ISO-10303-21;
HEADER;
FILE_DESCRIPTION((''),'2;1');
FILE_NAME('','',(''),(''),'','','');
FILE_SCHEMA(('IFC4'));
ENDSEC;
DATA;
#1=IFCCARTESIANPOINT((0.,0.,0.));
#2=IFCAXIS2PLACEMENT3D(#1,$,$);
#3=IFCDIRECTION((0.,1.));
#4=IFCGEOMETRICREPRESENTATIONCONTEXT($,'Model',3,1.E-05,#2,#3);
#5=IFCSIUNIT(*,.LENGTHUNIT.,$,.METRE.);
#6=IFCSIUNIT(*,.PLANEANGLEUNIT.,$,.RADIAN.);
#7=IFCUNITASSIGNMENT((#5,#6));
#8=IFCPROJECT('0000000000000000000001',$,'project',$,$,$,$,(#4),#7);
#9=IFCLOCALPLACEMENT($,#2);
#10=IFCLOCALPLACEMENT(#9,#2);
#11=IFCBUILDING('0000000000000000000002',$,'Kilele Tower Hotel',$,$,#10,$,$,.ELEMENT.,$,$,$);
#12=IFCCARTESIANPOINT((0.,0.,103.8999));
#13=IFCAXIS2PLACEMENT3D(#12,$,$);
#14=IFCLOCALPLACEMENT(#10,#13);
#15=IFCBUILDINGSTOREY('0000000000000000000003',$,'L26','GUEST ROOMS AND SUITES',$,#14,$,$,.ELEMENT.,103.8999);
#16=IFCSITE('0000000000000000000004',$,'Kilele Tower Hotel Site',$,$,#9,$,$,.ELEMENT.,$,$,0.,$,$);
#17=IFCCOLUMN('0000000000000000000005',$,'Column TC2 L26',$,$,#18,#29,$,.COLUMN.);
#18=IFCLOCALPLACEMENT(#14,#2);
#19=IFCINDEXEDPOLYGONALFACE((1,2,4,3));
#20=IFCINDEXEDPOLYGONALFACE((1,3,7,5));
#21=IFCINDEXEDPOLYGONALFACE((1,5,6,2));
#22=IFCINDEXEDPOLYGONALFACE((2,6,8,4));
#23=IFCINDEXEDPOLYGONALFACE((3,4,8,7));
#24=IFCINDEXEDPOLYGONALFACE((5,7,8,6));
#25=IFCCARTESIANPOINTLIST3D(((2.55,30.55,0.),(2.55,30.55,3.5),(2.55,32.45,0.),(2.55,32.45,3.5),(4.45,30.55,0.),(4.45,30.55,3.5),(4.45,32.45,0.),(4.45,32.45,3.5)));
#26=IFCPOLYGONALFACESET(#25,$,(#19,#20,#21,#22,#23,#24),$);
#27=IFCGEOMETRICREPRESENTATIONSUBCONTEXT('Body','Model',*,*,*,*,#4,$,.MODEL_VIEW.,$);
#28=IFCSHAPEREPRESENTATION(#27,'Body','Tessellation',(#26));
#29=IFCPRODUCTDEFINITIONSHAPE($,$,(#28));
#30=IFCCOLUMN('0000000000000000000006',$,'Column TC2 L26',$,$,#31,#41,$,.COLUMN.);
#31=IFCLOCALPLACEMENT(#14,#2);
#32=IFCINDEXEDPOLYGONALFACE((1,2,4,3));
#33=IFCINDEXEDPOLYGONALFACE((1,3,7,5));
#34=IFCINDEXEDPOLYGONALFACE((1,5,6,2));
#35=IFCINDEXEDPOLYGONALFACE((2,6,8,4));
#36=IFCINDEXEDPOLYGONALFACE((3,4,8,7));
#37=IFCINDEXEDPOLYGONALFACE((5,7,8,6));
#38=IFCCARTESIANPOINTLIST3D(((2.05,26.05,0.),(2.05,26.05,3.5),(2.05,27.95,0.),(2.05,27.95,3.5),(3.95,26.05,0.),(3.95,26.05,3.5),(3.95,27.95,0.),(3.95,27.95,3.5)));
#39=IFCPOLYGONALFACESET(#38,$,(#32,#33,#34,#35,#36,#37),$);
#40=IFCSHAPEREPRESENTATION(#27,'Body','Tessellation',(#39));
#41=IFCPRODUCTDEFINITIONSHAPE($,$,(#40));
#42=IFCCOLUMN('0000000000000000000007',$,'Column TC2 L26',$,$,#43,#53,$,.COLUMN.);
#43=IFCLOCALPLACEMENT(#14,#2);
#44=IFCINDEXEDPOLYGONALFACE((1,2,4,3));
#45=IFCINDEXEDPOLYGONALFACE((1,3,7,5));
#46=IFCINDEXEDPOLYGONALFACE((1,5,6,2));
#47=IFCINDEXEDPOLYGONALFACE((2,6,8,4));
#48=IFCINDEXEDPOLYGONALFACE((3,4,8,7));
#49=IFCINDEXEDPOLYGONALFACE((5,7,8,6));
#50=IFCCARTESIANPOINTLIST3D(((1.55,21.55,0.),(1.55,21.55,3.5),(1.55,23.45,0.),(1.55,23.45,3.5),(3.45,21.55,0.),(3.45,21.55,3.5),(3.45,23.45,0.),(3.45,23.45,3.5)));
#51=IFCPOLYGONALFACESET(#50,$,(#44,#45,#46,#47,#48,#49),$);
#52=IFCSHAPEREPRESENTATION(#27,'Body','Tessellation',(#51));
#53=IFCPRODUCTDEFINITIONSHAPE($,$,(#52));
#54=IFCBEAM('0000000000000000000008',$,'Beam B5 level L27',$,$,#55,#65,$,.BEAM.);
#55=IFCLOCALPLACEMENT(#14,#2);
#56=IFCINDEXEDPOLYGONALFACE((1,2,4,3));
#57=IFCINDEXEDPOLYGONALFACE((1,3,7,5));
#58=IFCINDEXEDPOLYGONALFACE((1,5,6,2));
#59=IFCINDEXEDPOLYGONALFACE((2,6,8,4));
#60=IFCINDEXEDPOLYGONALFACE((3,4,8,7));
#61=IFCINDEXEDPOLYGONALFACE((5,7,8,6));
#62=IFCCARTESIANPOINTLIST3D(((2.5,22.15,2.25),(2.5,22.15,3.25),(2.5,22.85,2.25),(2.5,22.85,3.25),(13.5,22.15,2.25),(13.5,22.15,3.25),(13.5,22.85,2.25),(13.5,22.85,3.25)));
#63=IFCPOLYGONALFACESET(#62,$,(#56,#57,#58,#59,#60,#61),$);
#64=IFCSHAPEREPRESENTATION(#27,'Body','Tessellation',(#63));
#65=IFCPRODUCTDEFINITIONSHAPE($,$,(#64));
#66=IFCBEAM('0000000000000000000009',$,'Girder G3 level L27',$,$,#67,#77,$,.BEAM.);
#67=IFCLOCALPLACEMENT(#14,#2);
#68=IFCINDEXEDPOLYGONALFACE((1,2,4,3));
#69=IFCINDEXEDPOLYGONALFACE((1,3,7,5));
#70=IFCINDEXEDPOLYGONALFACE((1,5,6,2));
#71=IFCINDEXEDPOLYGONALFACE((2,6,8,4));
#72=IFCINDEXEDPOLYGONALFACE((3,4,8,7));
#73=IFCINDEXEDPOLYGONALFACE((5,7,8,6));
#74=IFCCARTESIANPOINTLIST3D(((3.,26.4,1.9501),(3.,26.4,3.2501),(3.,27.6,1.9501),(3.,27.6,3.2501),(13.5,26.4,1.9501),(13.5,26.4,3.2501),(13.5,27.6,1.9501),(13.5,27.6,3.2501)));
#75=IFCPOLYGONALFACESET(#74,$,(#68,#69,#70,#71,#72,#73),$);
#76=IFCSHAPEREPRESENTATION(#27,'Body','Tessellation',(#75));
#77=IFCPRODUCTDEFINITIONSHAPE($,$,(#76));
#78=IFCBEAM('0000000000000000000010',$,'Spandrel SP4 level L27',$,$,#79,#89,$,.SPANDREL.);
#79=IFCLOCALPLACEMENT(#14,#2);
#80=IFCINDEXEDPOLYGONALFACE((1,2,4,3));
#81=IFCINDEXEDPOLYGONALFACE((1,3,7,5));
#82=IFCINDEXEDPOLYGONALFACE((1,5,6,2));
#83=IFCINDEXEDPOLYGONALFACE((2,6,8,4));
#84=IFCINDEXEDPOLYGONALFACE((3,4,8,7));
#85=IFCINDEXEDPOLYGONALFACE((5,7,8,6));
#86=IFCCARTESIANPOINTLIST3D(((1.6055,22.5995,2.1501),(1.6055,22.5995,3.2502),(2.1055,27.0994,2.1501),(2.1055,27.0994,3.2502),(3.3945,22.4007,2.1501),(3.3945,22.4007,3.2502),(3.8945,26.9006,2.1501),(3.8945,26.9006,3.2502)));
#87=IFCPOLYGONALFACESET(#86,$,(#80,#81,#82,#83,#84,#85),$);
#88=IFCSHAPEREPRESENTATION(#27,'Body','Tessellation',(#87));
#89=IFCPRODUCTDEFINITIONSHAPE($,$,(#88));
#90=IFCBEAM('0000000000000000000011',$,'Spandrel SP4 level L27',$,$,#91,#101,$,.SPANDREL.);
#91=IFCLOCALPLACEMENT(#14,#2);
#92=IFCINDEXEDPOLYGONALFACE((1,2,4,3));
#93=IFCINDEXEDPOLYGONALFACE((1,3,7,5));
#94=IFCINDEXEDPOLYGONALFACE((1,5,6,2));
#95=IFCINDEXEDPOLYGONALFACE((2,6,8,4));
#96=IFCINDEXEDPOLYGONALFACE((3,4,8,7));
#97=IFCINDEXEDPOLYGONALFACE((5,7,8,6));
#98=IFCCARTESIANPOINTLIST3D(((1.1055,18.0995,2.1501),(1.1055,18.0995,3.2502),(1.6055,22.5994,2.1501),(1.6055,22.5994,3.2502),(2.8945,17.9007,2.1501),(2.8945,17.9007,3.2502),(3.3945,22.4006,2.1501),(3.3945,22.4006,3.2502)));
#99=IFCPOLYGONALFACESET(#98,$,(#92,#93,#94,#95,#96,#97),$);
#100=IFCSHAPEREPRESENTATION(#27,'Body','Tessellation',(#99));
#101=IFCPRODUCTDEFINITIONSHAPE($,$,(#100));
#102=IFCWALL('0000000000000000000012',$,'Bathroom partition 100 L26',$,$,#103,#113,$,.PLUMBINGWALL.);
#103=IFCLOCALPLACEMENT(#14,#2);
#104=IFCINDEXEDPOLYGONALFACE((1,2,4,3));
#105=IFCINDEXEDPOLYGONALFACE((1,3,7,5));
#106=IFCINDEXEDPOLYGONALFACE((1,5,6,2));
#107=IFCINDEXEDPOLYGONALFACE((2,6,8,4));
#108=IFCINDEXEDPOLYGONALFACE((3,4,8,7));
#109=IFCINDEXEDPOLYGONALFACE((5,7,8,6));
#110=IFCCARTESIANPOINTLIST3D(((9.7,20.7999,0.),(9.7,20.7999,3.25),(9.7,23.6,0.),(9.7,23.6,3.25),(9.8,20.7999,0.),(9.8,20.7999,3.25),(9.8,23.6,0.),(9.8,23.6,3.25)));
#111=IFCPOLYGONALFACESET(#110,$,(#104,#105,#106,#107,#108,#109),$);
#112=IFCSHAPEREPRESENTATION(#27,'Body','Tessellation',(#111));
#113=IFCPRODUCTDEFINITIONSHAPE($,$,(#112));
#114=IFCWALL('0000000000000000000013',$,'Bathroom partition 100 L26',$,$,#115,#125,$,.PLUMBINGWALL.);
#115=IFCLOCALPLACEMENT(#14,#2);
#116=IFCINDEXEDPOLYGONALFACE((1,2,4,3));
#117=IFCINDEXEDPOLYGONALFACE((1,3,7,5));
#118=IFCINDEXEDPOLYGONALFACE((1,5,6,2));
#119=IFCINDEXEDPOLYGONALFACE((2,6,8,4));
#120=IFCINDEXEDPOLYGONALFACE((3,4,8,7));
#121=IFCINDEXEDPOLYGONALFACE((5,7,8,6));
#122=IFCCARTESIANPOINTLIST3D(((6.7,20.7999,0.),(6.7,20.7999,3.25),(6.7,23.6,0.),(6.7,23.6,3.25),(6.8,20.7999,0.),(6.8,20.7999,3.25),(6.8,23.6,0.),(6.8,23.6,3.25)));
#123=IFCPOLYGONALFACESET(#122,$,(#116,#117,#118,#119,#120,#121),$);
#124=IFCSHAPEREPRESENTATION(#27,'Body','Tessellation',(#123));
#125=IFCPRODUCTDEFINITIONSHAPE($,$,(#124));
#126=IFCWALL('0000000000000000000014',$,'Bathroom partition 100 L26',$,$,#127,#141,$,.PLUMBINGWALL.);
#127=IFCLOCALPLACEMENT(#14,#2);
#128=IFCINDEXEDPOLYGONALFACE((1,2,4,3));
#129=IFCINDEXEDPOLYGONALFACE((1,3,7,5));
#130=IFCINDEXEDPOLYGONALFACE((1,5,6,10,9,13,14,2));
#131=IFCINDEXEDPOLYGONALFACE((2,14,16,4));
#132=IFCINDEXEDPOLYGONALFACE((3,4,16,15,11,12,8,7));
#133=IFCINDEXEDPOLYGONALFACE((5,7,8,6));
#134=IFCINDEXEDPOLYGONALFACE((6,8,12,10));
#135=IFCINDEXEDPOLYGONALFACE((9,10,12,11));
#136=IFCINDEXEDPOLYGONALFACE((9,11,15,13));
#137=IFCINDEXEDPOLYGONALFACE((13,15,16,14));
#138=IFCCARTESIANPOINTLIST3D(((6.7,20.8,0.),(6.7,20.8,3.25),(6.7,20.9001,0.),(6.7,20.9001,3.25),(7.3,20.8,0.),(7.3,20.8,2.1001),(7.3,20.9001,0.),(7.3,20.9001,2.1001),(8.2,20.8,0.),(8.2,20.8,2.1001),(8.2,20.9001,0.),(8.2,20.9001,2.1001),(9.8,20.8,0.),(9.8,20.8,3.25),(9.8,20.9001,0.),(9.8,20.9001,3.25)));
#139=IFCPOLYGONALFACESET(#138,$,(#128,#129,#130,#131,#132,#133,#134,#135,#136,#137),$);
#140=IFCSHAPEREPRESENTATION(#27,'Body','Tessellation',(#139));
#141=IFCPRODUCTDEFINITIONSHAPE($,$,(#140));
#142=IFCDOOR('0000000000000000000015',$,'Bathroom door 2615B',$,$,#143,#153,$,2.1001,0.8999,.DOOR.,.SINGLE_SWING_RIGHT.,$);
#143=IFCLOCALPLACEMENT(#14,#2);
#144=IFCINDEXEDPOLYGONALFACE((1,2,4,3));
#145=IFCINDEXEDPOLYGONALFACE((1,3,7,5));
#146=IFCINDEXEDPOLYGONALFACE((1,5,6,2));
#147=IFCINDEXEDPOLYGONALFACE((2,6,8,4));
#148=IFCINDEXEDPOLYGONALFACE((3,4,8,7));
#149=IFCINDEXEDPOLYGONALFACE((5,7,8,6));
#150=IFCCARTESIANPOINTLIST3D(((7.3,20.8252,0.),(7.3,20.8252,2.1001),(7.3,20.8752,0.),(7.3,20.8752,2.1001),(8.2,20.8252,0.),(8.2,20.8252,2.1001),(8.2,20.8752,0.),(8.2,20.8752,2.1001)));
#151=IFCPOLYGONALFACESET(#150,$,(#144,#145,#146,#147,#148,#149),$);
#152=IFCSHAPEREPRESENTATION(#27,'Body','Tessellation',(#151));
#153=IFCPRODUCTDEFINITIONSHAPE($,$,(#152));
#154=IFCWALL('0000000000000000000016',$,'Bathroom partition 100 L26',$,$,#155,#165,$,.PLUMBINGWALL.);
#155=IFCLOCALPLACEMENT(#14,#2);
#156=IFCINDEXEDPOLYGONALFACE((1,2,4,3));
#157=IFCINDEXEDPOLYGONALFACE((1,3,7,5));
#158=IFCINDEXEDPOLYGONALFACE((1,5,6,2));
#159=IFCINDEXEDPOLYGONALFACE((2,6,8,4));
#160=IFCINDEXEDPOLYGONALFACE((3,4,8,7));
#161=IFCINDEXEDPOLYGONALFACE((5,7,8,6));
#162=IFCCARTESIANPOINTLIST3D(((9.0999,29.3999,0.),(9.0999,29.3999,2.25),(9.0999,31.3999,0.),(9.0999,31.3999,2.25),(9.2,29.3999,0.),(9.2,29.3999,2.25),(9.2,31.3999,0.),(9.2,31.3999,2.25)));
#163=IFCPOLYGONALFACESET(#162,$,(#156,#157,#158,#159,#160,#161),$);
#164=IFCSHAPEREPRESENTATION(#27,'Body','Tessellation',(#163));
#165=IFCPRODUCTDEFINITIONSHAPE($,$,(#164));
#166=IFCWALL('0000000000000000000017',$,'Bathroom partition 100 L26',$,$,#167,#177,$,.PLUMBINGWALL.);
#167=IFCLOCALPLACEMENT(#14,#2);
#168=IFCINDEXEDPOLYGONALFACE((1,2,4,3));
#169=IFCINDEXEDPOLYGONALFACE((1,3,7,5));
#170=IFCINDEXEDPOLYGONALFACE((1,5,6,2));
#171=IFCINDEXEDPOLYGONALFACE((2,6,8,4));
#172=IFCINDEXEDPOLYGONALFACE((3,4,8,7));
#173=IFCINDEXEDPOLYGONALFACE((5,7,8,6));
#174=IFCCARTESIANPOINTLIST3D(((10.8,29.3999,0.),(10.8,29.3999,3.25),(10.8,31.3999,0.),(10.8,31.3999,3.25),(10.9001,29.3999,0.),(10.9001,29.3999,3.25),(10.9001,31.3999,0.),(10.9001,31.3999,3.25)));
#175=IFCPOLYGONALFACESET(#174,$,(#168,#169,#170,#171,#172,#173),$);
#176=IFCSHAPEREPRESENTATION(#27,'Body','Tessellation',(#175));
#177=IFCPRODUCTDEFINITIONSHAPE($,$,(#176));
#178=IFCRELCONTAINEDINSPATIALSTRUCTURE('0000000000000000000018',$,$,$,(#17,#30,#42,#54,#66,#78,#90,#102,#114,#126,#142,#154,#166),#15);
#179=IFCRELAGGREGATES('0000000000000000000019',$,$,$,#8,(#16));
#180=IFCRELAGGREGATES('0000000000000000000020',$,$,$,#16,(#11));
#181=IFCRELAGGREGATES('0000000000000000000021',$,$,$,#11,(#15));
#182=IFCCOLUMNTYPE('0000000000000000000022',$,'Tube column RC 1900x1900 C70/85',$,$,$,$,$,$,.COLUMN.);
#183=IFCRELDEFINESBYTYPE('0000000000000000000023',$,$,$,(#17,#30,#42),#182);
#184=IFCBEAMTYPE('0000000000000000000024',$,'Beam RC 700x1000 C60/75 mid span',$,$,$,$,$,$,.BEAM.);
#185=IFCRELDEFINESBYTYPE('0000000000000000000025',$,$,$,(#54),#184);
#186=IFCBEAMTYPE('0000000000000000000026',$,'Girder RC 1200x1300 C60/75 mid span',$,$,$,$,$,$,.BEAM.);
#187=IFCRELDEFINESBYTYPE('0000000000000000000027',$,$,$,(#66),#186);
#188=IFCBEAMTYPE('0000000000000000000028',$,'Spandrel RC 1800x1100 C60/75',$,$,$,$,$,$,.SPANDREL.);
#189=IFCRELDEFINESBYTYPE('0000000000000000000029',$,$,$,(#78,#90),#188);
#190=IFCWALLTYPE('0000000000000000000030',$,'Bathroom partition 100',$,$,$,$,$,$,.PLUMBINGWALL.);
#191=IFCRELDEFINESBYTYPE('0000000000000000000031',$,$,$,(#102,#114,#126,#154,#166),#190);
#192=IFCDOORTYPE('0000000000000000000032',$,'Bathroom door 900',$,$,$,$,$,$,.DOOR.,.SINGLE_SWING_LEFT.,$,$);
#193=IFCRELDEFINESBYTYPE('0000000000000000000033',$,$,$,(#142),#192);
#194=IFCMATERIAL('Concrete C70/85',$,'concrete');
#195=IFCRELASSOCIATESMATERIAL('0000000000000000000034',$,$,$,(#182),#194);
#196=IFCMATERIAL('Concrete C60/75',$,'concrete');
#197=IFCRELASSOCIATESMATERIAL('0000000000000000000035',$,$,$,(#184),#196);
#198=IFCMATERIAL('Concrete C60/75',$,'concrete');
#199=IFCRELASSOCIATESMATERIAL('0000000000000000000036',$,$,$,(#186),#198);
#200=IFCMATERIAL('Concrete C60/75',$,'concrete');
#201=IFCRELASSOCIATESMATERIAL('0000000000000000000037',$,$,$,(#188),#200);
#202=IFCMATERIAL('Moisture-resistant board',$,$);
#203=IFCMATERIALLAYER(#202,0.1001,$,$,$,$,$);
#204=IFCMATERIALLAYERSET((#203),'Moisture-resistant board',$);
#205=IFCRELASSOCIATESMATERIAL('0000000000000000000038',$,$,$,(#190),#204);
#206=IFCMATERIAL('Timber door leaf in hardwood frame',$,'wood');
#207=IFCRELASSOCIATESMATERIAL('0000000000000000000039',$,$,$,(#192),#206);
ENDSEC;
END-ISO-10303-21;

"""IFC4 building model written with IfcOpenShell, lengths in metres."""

from ifc_helpers import new_model, si_unit, direction, frame, frame_2d, origin, origin_2d, place, context, subcontext, project, spatial, rectangle, extrude, material, layer, layer_set, material_profile, profile_set, type_object, element, fill, save


model = new_model("IFC4")

# Units and contexts
model_context = context("Model", 3, precision=1e-05, world=origin(), true_north=direction((0.0, 1.0)))
body_context = subcontext(model_context, "Body", "Model", "MODEL_VIEW")
ifc_project = project(units=[si_unit("LENGTHUNIT", "METRE"), si_unit("PLANEANGLEUNIT", "RADIAN")], contexts=[model_context])

# Site, building, storey
site_placement = place(None, origin())
site = spatial("IfcSite", under=ifc_project, at=site_placement, Name="Kilele Tower Hotel Site", CompositionType="ELEMENT", RefElevation=0.0)
building_placement = place(site_placement, origin())
building = spatial("IfcBuilding", under=site, at=building_placement, Name="Kilele Tower Hotel", CompositionType="ELEMENT")
storey_placement = place(building_placement, frame((0.0, 0.0, 103.8999)))
storey = spatial("IfcBuildingStorey", under=building, at=storey_placement, Name="L26", Description="GUEST ROOMS AND SUITES", CompositionType="ELEMENT", Elevation=103.8999)

# Columns
ifc_material_1 = material(Name="Concrete C70/85", Category="concrete")
ifc_material_profile_1 = material_profile(ifc_material_1, rectangle(XDim=1.8999, YDim=1.8999, at=origin_2d()))
ifc_profile_set_1 = profile_set([ifc_material_profile_1], Name="Concrete C70/85")
column_type = type_object("IfcColumnType", Name="Tube column RC 1900x1900 C70/85", PredefinedType="COLUMN", material=ifc_profile_set_1)
for number, where, z_axis, x_axis, name in (
    (1, (3.5, 31.5, 0.0), (0.0, 0.0, 1.0), (1.0, 0.0, 0.0), "Column TC2 L26"),
    (2, (3.0, 27.0, 0.0), (0.0, 0.0, 1.0), (1.0, 0.0, 0.0), "Column TC2 L26"),
    (3, (2.5, 22.5, 0.0), (0.0, 0.0, 1.0), (1.0, 0.0, 0.0), "Column TC2 L26"),
):
    element("IfcColumn", number, at=place(storey_placement, frame(where, z_axis=z_axis, x_axis=x_axis)), inside=storey, type_object=column_type, Name=name, PredefinedType="COLUMN", context=body_context, shape_type="SweptSolid", body=[
        extrude(rectangle(XDim=1.8999, YDim=1.8999, at=origin_2d()), origin(), (0.0, 0.0, 1.0), 3.5),
    ])

# Beams
ifc_material_2 = material(Name="Concrete C60/75", Category="concrete")
ifc_material_profile_2 = material_profile(ifc_material_2, rectangle(XDim=0.7, YDim=1.0, at=origin_2d()))
ifc_profile_set_2 = profile_set([ifc_material_profile_2], Name="Concrete C60/75")
beam_type_1 = type_object("IfcBeamType", Name="Beam RC 700x1000 C60/75 mid span", PredefinedType="BEAM", material=ifc_profile_set_2)
beam_1_placement = place(storey_placement, frame((2.5, 22.5, 2.75), z_axis=(1.0, 0.0, 0.0), x_axis=(0.0, 1.0, 0.0)))
element("IfcBeam", 4, at=beam_1_placement, inside=storey, type_object=beam_type_1, Name="Beam B5 level L27", PredefinedType="BEAM", context=body_context, shape_type="SweptSolid", body=[
    extrude(rectangle(XDim=0.7, YDim=1.0, at=origin_2d()), origin(), (0.0, 0.0, 1.0), 11.0),
])
ifc_material_3 = material(Name="Concrete C60/75", Category="concrete")
ifc_material_profile_3 = material_profile(ifc_material_3, rectangle(XDim=1.2, YDim=1.3, at=origin_2d()))
ifc_profile_set_3 = profile_set([ifc_material_profile_3], Name="Concrete C60/75")
beam_type_2 = type_object("IfcBeamType", Name="Girder RC 1200x1300 C60/75 mid span", PredefinedType="BEAM", material=ifc_profile_set_3)
beam_2_placement = place(storey_placement, frame((3.0, 27.0, 2.6001), z_axis=(1.0, 0.0, 0.0), x_axis=(0.0, 1.0, 0.0)))
element("IfcBeam", 5, at=beam_2_placement, inside=storey, type_object=beam_type_2, Name="Girder G3 level L27", PredefinedType="BEAM", context=body_context, shape_type="SweptSolid", body=[
    extrude(rectangle(XDim=1.2, YDim=1.3, at=origin_2d()), origin(), (0.0, 0.0, 1.0), 10.5),
])
ifc_material_4 = material(Name="Concrete C60/75", Category="concrete")
ifc_material_profile_4 = material_profile(ifc_material_4, rectangle(XDim=1.8, YDim=1.1001, at=origin_2d()))
ifc_profile_set_4 = profile_set([ifc_material_profile_4], Name="Concrete C60/75")
beam_type_3 = type_object("IfcBeamType", Name="Spandrel RC 1800x1100 C60/75", PredefinedType="SPANDREL", material=ifc_profile_set_4)
for number, where, z_axis, x_axis, name in (
    (6, (3.0, 27.0, 2.7002), (-0.110432, -0.993884, 0.0), (0.993884, -0.110432, 0.0), "Spandrel SP4 level L27"),
    (7, (2.5, 22.5, 2.7002), (-0.110432, -0.993884, 0.0), (0.993884, -0.110432, 0.0), "Spandrel SP4 level L27"),
):
    element("IfcBeam", number, at=place(storey_placement, frame(where, z_axis=z_axis, x_axis=x_axis)), inside=storey, type_object=beam_type_3, Name=name, PredefinedType="SPANDREL", context=body_context, shape_type="SweptSolid", body=[
        extrude(rectangle(XDim=1.8, YDim=1.1001, at=origin_2d()), origin(), (0.0, 0.0, 1.0), 4.5276),
    ])

# Walls
ifc_material_5 = material(Name="Moisture-resistant board")
ifc_layer_1 = layer(ifc_material_5, 0.1001)
ifc_layer_set_1 = layer_set([ifc_layer_1], Name="Moisture-resistant board")
wall_type_1 = type_object("IfcWallType", Name="Bathroom partition 100", PredefinedType="PLUMBINGWALL", material=ifc_layer_set_1)
for number, where, z_axis, x_axis, name in (
    (8, (9.75, 20.8, 0.0), (0.0, 0.0, 1.0), (0.0, 1.0, 0.0), "Bathroom partition 100 L26"),
    (9, (6.75, 20.8, 0.0), (0.0, 0.0, 1.0), (0.0, 1.0, 0.0), "Bathroom partition 100 L26"),
):
    element("IfcWall", number, at=place(storey_placement, frame(where, z_axis=z_axis, x_axis=x_axis)), inside=storey, type_object=wall_type_1, Name=name, PredefinedType="PLUMBINGWALL", context=body_context, shape_type="SweptSolid", body=[
        extrude(rectangle(XDim=2.8, YDim=0.1001, at=frame_2d((1.3999, 0.0))), origin(), (0.0, 0.0, 1.0), 3.25),
    ])

# Wall, opening, door
wall_1_placement = place(storey_placement, frame((9.8, 20.8501, 0.0), z_axis=(0.0, 0.0, 1.0), x_axis=(-1.0, 0.0, 0.0)))
wall_1 = element("IfcWall", 10, at=wall_1_placement, inside=storey, type_object=wall_type_1, Name="Bathroom partition 100 L26", PredefinedType="PLUMBINGWALL", context=body_context, shape_type="SweptSolid", body=[
    extrude(rectangle(XDim=3.1001, YDim=0.1001, at=frame_2d((1.55, 0.0))), origin(), (0.0, 0.0, 1.0), 3.25),
])
opening_1_placement = place(wall_1_placement, frame((1.6001, 0.0, 0.0)))
opening_1 = element("IfcOpeningElement", 11, at=opening_1_placement, cuts=wall_1, PredefinedType="OPENING", context=body_context, shape_type="SweptSolid", body=[
    extrude(rectangle(XDim=0.8999, YDim=2.1001, at=frame_2d((0.45, 1.05))), frame((0.0, 0.0601, 0.0), z_axis=(0.0, -1.0, 0.0), x_axis=(1.0, 0.0, 0.0)), (0.0, 0.0, 1.0), 0.1201),
])
ifc_material_6 = material(Name="Timber door leaf in hardwood frame", Category="wood")
door_type_1 = type_object("IfcDoorType", Name="Bathroom door 900", OperationType="SINGLE_SWING_LEFT", PredefinedType="DOOR", material=ifc_material_6)
door_1_placement = place(opening_1_placement, origin())
door_1 = element("IfcDoor", 12, at=door_1_placement, inside=storey, type_object=door_type_1, Name="Bathroom door 2615B", OperationType="SINGLE_SWING_RIGHT", OverallHeight=2.1001, OverallWidth=0.8999, PredefinedType="DOOR", context=body_context, shape_type="SweptSolid", body=[
    extrude(rectangle(XDim=0.8999, YDim=2.1001, at=frame_2d((0.45, 1.05))), frame((0.0, 0.0249, 0.0), z_axis=(0.0, -1.0, 0.0), x_axis=(1.0, 0.0, 0.0)), (0.0, 0.0, 1.0), 0.05),
])
fill(opening_1, door_1)

# Walls
wall_2_placement = place(storey_placement, frame((9.1499, 31.3999, 0.0), z_axis=(0.0, 0.0, 1.0), x_axis=(0.0, -1.0, 0.0)))
element("IfcWall", 13, at=wall_2_placement, inside=storey, type_object=wall_type_1, Name="Bathroom partition 100 L26", PredefinedType="PLUMBINGWALL", context=body_context, shape_type="SweptSolid", body=[
    extrude(rectangle(XDim=2.0, YDim=0.1001, at=frame_2d((1.0, 0.0))), origin(), (0.0, 0.0, 1.0), 2.25),
])
wall_3_placement = place(storey_placement, frame((10.8501, 31.3999, 0.0), z_axis=(0.0, 0.0, 1.0), x_axis=(0.0, -1.0, 0.0)))
element("IfcWall", 14, at=wall_3_placement, inside=storey, type_object=wall_type_1, Name="Bathroom partition 100 L26", PredefinedType="PLUMBINGWALL", context=body_context, shape_type="SweptSolid", body=[
    extrude(rectangle(XDim=2.0, YDim=0.1001, at=frame_2d((1.0, 0.0))), origin(), (0.0, 0.0, 1.0), 3.25),
])

save(model, "model.ifc")
